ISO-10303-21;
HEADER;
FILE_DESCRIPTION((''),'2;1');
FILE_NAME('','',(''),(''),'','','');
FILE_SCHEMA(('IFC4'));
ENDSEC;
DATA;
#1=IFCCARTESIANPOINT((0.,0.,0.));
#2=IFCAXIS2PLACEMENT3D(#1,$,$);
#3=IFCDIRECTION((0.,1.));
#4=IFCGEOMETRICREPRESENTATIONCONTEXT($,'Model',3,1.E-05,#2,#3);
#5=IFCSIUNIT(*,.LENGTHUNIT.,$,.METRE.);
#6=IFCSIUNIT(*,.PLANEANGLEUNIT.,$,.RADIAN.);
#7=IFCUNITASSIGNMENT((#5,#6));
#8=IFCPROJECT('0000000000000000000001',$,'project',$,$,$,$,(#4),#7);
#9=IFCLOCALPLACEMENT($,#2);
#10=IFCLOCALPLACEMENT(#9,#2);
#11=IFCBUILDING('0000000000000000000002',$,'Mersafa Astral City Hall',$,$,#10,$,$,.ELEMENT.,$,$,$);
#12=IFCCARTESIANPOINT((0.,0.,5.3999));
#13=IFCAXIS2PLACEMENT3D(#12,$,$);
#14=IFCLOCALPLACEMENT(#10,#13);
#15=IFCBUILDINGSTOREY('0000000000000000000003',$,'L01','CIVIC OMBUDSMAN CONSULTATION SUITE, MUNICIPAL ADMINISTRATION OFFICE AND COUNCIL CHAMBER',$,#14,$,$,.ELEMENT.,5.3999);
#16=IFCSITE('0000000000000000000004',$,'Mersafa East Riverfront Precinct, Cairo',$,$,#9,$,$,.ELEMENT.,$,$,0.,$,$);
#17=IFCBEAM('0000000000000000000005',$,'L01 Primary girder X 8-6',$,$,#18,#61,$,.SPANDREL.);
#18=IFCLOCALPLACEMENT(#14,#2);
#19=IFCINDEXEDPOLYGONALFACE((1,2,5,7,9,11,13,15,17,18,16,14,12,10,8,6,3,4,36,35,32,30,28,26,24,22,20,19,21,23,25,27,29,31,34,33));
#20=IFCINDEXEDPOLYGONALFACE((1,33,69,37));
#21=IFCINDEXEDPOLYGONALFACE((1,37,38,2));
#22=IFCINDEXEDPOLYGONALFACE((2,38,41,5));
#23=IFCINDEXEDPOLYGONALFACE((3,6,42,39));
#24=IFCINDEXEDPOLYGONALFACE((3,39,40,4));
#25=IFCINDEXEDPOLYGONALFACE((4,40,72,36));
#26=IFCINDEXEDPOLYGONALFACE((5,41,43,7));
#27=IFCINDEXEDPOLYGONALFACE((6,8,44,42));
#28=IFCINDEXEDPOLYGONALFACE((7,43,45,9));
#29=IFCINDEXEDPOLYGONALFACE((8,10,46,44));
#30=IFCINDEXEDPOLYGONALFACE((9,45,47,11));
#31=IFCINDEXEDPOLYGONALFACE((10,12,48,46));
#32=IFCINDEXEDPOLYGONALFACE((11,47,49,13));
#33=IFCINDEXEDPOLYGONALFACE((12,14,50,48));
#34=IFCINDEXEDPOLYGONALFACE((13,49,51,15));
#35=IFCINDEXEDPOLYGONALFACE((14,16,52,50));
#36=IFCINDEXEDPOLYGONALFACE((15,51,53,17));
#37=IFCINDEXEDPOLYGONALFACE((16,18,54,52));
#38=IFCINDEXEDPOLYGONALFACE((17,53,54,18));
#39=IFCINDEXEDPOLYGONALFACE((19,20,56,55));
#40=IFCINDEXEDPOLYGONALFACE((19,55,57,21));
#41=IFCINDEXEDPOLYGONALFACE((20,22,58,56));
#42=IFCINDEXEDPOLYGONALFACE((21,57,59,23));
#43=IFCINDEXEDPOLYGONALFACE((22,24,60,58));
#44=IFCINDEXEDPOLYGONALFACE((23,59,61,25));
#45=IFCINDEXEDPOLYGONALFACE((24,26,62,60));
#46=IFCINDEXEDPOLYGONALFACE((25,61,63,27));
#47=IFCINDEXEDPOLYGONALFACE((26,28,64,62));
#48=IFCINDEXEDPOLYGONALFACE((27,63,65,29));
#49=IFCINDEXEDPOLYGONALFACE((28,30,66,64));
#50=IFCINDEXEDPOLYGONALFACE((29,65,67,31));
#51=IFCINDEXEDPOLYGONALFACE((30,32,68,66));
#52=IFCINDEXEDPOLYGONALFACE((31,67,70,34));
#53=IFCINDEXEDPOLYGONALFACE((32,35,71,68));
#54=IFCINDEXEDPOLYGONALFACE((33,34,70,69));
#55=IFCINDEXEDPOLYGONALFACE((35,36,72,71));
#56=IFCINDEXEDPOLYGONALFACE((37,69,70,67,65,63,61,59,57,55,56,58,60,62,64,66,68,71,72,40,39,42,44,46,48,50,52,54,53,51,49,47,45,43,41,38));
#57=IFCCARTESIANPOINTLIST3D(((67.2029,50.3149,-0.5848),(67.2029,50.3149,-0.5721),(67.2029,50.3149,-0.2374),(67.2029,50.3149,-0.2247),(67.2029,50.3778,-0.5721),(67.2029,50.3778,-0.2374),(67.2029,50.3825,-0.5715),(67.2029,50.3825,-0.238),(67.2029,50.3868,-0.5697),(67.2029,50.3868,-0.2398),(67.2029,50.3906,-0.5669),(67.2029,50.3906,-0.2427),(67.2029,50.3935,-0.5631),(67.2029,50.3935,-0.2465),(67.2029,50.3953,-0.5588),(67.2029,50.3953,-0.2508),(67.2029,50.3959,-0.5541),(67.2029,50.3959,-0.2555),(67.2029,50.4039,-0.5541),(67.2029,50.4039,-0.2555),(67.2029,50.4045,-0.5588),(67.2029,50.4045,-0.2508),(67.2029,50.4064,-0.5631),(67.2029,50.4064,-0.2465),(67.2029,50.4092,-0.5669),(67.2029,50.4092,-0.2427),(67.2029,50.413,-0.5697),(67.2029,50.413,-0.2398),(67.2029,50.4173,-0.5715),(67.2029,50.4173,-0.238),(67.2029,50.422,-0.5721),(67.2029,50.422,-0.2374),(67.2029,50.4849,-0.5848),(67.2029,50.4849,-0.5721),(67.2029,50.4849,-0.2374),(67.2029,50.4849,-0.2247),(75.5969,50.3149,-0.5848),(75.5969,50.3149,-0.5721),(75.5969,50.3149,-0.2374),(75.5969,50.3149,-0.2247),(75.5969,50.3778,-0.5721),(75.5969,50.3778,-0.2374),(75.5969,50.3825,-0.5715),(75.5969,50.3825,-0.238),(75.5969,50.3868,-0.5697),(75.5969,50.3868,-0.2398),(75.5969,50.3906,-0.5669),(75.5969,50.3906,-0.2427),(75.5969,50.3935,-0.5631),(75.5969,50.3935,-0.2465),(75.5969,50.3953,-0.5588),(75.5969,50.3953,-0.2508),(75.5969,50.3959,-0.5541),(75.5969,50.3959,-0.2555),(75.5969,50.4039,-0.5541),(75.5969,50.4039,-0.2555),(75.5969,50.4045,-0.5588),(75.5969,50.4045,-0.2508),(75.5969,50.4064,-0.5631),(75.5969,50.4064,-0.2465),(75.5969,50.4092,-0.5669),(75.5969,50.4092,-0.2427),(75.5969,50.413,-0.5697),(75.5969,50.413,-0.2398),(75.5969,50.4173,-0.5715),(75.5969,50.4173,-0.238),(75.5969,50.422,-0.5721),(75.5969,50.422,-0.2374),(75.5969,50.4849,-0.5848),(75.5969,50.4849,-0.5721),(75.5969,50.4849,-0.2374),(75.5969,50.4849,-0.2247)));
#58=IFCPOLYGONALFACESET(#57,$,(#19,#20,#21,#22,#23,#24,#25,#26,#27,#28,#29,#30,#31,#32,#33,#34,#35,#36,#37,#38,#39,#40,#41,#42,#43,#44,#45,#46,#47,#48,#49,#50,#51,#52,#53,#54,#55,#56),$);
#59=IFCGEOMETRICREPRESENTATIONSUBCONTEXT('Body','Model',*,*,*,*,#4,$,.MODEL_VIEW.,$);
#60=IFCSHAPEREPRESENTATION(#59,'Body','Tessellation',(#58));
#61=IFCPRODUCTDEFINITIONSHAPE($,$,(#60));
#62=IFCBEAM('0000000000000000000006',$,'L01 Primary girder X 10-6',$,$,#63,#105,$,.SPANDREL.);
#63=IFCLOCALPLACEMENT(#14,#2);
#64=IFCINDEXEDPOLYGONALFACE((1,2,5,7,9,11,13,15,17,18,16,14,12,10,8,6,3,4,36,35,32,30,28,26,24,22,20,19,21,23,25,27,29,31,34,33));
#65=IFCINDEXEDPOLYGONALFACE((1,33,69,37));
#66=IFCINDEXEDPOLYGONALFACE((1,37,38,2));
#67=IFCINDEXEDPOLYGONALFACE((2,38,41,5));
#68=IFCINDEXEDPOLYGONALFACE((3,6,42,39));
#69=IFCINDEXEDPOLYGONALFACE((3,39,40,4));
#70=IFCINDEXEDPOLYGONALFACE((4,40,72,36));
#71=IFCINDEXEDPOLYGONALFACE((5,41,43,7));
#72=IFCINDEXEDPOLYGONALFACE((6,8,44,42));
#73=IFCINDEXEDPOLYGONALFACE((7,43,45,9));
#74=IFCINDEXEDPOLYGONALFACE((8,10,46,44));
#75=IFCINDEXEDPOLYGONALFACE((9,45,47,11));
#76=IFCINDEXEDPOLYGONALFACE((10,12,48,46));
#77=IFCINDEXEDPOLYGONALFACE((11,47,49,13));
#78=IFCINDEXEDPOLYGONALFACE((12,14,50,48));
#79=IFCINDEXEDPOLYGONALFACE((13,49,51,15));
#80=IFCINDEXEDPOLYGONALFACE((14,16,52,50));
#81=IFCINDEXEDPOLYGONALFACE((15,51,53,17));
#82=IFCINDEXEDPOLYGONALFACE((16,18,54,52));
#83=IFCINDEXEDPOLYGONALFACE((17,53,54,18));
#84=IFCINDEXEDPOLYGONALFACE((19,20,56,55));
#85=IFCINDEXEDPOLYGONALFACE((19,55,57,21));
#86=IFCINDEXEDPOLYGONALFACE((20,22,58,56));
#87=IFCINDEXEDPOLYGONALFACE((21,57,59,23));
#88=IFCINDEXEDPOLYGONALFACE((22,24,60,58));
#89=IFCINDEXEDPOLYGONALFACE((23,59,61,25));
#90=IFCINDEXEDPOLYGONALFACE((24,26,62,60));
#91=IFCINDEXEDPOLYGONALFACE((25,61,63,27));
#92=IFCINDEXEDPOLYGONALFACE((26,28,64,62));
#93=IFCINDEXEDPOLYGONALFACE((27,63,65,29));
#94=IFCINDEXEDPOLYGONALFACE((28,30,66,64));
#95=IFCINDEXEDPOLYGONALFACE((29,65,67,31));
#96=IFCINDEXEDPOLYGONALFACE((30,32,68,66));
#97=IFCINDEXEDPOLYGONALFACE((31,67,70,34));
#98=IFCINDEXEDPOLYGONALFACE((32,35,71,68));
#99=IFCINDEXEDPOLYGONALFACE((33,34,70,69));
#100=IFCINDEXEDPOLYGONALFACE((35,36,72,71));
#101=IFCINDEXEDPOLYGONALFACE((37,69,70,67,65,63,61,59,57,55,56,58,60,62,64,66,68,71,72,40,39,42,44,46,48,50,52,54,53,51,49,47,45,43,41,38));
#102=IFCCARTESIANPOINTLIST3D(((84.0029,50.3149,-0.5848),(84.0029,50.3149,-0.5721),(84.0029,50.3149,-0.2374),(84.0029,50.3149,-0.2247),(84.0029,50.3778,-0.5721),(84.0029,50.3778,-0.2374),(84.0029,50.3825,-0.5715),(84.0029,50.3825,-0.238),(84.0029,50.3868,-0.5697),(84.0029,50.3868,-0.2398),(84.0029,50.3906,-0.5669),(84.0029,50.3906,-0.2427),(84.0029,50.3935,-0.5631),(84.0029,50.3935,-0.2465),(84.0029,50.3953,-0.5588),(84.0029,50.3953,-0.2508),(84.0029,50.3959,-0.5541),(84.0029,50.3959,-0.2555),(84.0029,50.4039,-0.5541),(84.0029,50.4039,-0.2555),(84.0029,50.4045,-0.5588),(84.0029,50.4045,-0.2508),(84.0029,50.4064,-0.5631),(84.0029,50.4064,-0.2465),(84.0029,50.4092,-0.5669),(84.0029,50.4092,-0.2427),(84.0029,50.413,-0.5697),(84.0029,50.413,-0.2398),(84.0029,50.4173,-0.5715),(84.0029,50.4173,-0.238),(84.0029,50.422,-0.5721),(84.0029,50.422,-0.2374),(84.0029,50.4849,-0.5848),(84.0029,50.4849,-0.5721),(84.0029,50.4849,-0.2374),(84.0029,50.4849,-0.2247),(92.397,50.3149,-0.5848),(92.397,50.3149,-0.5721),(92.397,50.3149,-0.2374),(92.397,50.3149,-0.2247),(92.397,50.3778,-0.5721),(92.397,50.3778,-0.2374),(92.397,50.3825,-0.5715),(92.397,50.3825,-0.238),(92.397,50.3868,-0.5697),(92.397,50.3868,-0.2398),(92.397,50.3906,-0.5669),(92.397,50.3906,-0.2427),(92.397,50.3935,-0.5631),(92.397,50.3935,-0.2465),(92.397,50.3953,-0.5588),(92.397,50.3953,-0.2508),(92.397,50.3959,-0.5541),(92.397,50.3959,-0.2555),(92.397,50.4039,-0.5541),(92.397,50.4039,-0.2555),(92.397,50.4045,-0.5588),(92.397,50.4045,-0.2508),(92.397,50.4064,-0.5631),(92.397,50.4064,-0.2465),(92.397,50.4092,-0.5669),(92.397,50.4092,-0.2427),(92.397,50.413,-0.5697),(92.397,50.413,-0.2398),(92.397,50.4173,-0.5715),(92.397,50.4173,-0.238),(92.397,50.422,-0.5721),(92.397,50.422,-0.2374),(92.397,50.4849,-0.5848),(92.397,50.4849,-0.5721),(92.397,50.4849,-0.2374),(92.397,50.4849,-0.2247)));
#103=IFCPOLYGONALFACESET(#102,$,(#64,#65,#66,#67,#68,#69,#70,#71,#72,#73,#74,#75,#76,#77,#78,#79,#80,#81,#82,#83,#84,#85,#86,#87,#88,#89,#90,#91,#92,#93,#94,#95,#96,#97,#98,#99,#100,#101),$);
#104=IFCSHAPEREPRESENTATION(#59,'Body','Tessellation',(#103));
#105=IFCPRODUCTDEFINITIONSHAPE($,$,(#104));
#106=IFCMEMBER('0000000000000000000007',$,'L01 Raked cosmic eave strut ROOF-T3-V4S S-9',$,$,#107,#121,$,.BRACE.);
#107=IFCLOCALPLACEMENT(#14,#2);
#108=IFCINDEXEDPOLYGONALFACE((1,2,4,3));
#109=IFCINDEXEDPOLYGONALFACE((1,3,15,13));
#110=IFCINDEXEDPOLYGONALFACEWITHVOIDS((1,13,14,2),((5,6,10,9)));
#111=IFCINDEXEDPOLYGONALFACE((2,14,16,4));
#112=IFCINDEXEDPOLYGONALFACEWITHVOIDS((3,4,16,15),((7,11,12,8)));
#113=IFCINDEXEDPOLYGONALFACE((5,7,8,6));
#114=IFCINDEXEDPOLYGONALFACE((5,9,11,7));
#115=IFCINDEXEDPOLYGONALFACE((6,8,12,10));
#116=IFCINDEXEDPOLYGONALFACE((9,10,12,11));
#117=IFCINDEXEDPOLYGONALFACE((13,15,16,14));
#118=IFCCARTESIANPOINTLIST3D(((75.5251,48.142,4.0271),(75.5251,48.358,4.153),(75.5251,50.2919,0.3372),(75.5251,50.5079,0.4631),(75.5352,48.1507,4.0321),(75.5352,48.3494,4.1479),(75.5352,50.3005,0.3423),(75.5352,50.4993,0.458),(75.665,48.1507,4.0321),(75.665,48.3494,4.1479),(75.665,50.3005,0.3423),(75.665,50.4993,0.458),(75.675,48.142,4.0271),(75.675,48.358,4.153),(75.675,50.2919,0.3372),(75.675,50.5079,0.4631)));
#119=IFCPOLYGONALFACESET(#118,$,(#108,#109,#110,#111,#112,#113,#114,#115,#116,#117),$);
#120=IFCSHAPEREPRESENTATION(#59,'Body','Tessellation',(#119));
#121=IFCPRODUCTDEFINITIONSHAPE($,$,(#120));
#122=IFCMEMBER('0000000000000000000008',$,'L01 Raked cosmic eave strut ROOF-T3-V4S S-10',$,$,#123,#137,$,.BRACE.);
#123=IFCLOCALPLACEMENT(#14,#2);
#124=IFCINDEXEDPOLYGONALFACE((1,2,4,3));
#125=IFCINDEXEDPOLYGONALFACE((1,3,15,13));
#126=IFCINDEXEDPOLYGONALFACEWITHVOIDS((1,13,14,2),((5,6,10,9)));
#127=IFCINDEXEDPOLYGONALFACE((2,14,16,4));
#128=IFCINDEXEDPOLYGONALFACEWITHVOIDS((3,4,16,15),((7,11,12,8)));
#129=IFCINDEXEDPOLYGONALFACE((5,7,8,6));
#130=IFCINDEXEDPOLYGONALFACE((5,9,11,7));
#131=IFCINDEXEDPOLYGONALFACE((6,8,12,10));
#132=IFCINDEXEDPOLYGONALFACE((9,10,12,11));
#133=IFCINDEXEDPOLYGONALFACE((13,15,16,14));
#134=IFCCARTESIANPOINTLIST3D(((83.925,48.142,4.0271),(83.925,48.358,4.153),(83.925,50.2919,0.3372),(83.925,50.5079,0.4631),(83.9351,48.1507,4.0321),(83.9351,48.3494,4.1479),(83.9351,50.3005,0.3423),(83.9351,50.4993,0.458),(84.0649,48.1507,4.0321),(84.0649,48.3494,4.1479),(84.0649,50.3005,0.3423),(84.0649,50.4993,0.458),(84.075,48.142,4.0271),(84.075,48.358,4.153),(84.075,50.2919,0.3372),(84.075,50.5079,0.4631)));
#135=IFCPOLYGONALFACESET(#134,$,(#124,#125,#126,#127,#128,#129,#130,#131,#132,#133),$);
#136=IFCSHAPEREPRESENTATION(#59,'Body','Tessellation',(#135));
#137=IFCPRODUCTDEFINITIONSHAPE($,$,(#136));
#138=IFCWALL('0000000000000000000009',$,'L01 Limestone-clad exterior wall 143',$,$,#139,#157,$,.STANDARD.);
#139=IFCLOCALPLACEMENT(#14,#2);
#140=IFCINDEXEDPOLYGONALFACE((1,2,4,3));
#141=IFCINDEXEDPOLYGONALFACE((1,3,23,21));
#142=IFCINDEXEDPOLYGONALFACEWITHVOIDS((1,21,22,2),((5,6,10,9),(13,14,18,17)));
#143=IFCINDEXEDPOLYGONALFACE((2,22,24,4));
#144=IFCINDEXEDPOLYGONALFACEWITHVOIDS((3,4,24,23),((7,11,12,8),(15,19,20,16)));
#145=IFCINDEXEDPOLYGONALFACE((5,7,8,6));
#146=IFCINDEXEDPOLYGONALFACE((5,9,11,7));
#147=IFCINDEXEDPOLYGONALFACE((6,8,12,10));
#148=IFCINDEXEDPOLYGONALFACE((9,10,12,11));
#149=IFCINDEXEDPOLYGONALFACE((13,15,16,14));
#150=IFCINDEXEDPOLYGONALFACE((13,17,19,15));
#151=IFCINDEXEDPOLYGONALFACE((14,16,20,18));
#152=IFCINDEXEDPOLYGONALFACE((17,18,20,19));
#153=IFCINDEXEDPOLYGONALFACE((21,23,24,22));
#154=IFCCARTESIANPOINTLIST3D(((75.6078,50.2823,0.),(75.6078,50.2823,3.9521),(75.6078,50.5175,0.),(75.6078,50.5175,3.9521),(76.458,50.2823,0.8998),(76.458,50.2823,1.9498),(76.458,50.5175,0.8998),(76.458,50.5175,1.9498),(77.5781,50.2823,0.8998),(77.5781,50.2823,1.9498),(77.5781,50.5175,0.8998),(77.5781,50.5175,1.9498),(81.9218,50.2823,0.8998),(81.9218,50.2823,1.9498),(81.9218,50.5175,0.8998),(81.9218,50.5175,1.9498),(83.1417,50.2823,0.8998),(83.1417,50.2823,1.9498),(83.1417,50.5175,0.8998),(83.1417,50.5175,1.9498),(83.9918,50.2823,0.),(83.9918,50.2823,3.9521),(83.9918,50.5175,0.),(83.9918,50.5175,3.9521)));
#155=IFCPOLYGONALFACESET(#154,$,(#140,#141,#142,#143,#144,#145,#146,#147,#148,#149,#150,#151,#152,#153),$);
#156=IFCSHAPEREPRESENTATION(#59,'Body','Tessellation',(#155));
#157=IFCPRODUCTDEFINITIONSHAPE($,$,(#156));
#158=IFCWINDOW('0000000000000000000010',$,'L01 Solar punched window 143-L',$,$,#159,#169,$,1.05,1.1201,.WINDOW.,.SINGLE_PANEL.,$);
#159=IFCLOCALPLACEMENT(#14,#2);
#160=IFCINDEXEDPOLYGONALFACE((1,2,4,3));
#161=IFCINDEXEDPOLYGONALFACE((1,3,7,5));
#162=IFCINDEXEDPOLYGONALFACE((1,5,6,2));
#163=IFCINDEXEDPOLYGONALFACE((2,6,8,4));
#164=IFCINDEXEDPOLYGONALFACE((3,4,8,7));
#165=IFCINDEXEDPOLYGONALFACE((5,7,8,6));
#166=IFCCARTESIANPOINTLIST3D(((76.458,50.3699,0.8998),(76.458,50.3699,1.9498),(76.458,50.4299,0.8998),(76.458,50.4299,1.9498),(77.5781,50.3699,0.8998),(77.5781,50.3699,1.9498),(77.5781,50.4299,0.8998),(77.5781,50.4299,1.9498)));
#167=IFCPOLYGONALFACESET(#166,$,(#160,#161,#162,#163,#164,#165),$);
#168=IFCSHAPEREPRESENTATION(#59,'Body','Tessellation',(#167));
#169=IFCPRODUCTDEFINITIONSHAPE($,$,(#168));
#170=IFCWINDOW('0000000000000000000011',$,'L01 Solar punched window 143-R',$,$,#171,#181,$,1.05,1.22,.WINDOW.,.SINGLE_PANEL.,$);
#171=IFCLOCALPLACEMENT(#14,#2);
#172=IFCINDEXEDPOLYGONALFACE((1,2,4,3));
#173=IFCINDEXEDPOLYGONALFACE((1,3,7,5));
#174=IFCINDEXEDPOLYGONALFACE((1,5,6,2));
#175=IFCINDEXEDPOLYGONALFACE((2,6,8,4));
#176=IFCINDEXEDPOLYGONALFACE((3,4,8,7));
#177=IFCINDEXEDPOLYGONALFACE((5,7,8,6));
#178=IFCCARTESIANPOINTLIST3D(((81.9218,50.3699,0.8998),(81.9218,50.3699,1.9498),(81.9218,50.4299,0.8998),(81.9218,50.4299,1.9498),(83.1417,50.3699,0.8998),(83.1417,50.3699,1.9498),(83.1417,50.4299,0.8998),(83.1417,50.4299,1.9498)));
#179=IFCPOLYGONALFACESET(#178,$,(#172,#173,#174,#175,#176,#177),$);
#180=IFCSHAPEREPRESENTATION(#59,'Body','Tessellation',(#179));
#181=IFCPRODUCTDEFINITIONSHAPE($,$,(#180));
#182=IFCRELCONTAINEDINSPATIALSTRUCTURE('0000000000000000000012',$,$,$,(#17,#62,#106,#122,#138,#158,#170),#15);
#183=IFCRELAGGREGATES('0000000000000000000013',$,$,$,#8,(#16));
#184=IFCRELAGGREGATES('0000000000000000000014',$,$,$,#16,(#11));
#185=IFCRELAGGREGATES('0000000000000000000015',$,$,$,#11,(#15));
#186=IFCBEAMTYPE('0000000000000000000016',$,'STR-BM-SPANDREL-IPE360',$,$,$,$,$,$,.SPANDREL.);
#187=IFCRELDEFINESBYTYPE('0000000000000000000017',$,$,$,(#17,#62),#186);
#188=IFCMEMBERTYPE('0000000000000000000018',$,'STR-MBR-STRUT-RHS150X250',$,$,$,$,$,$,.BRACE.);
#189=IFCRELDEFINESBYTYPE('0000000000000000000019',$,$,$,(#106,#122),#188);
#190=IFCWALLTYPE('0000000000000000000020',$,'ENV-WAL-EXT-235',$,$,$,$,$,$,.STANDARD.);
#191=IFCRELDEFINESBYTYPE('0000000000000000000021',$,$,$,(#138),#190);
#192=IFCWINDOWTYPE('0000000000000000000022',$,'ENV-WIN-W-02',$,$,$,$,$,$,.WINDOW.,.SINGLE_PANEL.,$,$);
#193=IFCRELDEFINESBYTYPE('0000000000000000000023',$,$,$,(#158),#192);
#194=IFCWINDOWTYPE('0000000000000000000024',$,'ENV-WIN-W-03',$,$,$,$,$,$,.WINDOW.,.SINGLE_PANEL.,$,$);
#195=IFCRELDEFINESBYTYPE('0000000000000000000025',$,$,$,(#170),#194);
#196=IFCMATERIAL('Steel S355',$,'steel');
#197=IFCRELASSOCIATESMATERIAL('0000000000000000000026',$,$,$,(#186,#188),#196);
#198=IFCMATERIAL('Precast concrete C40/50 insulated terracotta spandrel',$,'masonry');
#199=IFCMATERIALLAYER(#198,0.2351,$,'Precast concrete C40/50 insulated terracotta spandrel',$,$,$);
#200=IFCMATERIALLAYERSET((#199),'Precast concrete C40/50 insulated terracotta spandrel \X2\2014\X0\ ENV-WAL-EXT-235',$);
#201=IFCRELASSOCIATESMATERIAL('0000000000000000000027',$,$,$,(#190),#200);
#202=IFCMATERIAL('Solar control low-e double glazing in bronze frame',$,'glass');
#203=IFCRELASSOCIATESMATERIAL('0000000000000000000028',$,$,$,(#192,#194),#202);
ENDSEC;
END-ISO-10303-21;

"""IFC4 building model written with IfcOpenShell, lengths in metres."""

from ifc_helpers import new_model, si_unit, direction, frame, frame_2d, origin, origin_2d, place, context, subcontext, project, spatial, rectangle, hollow_rectangle, i_section, extrude, material, layer, layer_set, material_profile, profile_set, type_object, element, fill, save


model = new_model("IFC4")

# Units and contexts
model_context = context("Model", 3, precision=1e-05, world=origin(), true_north=direction((0.0, 1.0)))
body_context = subcontext(model_context, "Body", "Model", "MODEL_VIEW")
ifc_project = project(units=[si_unit("LENGTHUNIT", "METRE"), si_unit("PLANEANGLEUNIT", "RADIAN")], contexts=[model_context])

# Site, building, storey
site_placement = place(None, origin())
site = spatial("IfcSite", under=ifc_project, at=site_placement, Name="Mersafa East Riverfront Precinct, Cairo", CompositionType="ELEMENT", RefElevation=0.0)
building_placement = place(site_placement, origin())
building = spatial("IfcBuilding", under=site, at=building_placement, Name="Mersafa Astral City Hall", CompositionType="ELEMENT")
storey_placement = place(building_placement, frame((0.0, 0.0, 5.3999)))
storey = spatial("IfcBuildingStorey", under=building, at=storey_placement, Name="L01", Description="CIVIC OMBUDSMAN CONSULTATION SUITE, MUNICIPAL ADMINISTRATION OFFICE AND COUNCIL CHAMBER", CompositionType="ELEMENT", Elevation=5.3999)

# Shared definitions
ifc_material_1 = material(Name="Steel S355", Category="steel")

# Beams
ifc_material_profile_1 = material_profile(ifc_material_1, i_section(OverallWidth=0.1699, OverallDepth=0.3601, WebThickness=0.0081, FlangeThickness=0.0127, FilletRadius=0.0181, at=origin_2d()), Name="IPE 360")
ifc_profile_set_1 = profile_set([ifc_material_profile_1], Name="Steel S355")
beam_type_1 = type_object("IfcBeamType", Name="STR-BM-SPANDREL-IPE360", PredefinedType="SPANDREL", material=ifc_profile_set_1)
for number, where, z_axis, x_axis, name in (
    (1, (67.2029, 50.3999, -0.4048), (1.0, 0.0, 0.0), (0.0, 1.0, 0.0), "L01 Primary girder X 8-6"),
    (2, (84.0029, 50.3999, -0.4048), (1.0, 0.0, 0.0), (0.0, 1.0, 0.0), "L01 Primary girder X 10-6"),
):
    element("IfcBeam", number, at=place(storey_placement, frame(where, z_axis=z_axis, x_axis=x_axis)), inside=storey, type_object=beam_type_1, Name=name, PredefinedType="SPANDREL", context=body_context, shape_type="SweptSolid", body=[
        extrude(i_section(OverallWidth=0.1699, OverallDepth=0.3601, WebThickness=0.0081, FlangeThickness=0.0127, FilletRadius=0.0181, at=origin_2d()), origin(), (0.0, 0.0, 1.0), 8.394),
    ])

# Members
ifc_material_profile_2 = material_profile(ifc_material_1, hollow_rectangle(XDim=0.1499, YDim=0.25, WallThickness=0.01, at=origin_2d()), Name="RHS 150x250x10")
ifc_profile_set_2 = profile_set([ifc_material_profile_2], Name="Steel S355")
member_type = type_object("IfcMemberType", Name="STR-MBR-STRUT-RHS150X250", PredefinedType="BRACE", material=ifc_profile_set_2)
for number, where, z_axis, x_axis, name in (
    (3, (75.6001, 50.3999, 0.4001), (0.0, -0.503423, 0.86404), (1.0, 0.0, 0.0), "L01 Raked cosmic eave strut ROOF-T3-V4S S-9"),
    (4, (84.0, 50.3999, 0.4001), (0.0, -0.503423, 0.86404), (1.0, 0.0, 0.0), "L01 Raked cosmic eave strut ROOF-T3-V4S S-10"),
):
    element("IfcMember", number, at=place(storey_placement, frame(where, z_axis=z_axis, x_axis=x_axis)), inside=storey, type_object=member_type, Name=name, PredefinedType="BRACE", context=body_context, shape_type="SweptSolid", body=[
        extrude(hollow_rectangle(XDim=0.1499, YDim=0.25, WallThickness=0.01, at=origin_2d()), origin(), (0.0, 0.0, 1.0), 4.2705),
    ])

# Wall, openings, windows
ifc_material_2 = material(Name="Precast concrete C40/50 insulated terracotta spandrel", Category="masonry")
ifc_layer_1 = layer(ifc_material_2, 0.2351, Name="Precast concrete C40/50 insulated terracotta spandrel")
ifc_layer_set_1 = layer_set([ifc_layer_1], Name="Precast concrete C40/50 insulated terracotta spandrel — ENV-WAL-EXT-235")
wall_type_1 = type_object("IfcWallType", Name="ENV-WAL-EXT-235", PredefinedType="STANDARD", material=ifc_layer_set_1)
wall_1_placement = place(storey_placement, frame((75.6079, 50.3999, 0.0), z_axis=(0.0, 0.0, 1.0), x_axis=(1.0, 0.0, 0.0)))
wall_1 = element("IfcWall", 5, at=wall_1_placement, inside=storey, type_object=wall_type_1, Name="L01 Limestone-clad exterior wall 143", PredefinedType="STANDARD", context=body_context, shape_type="SweptSolid", body=[
    extrude(rectangle(XDim=8.384, YDim=0.2351, at=frame_2d((4.1919, 0.0))), origin(), (0.0, 0.0, 1.0), 3.9521),
])
opening_1_placement = place(wall_1_placement, frame((0.8501, 0.0, 0.8999)))
opening_1 = element("IfcOpeningElement", 6, at=opening_1_placement, cuts=wall_1, PredefinedType="OPENING", context=body_context, shape_type="SweptSolid", body=[
    extrude(rectangle(XDim=1.1201, YDim=1.05, at=frame_2d((0.5601, 0.5249))), frame((0.0, 0.1274, 0.0), z_axis=(0.0, -1.0, 0.0), x_axis=(1.0, 0.0, 0.0)), (0.0, 0.0, 1.0), 0.2551),
])
opening_2_placement = place(wall_1_placement, frame((6.314, 0.0, 0.8999)))
opening_2 = element("IfcOpeningElement", 7, at=opening_2_placement, cuts=wall_1, PredefinedType="OPENING", context=body_context, shape_type="SweptSolid", body=[
    extrude(rectangle(XDim=1.22, YDim=1.05, at=frame_2d((0.6099, 0.5249))), frame((0.0, 0.1274, 0.0), z_axis=(0.0, -1.0, 0.0), x_axis=(1.0, 0.0, 0.0)), (0.0, 0.0, 1.0), 0.2551),
])
ifc_material_3 = material(Name="Solar control low-e double glazing in bronze frame", Category="glass")
window_type_1 = type_object("IfcWindowType", Name="ENV-WIN-W-02", PartitioningType="SINGLE_PANEL", PredefinedType="WINDOW", material=ifc_material_3)
window_1_placement = place(opening_1_placement, origin())
window_1 = element("IfcWindow", 8, at=window_1_placement, inside=storey, type_object=window_type_1, Name="L01 Solar punched window 143-L", OverallHeight=1.05, OverallWidth=1.1201, PartitioningType="SINGLE_PANEL", PredefinedType="WINDOW", context=body_context, shape_type="SweptSolid", body=[
    extrude(rectangle(XDim=1.1201, YDim=1.05, at=frame_2d((0.5601, 0.5249))), frame((0.0, 0.03, 0.0), z_axis=(0.0, -1.0, 0.0), x_axis=(1.0, 0.0, 0.0)), (0.0, 0.0, 1.0), 0.0601),
])
fill(opening_1, window_1)
window_type_2 = type_object("IfcWindowType", Name="ENV-WIN-W-03", PartitioningType="SINGLE_PANEL", PredefinedType="WINDOW", material=ifc_material_3)
window_2_placement = place(opening_2_placement, origin())
window_2 = element("IfcWindow", 9, at=window_2_placement, inside=storey, type_object=window_type_2, Name="L01 Solar punched window 143-R", OverallHeight=1.05, OverallWidth=1.22, PartitioningType="SINGLE_PANEL", PredefinedType="WINDOW", context=body_context, shape_type="SweptSolid", body=[
    extrude(rectangle(XDim=1.22, YDim=1.05, at=frame_2d((0.6099, 0.5249))), frame((0.0, 0.03, 0.0), z_axis=(0.0, -1.0, 0.0), x_axis=(1.0, 0.0, 0.0)), (0.0, 0.0, 1.0), 0.0601),
])
fill(opening_2, window_2)

save(model, "model.ifc")
